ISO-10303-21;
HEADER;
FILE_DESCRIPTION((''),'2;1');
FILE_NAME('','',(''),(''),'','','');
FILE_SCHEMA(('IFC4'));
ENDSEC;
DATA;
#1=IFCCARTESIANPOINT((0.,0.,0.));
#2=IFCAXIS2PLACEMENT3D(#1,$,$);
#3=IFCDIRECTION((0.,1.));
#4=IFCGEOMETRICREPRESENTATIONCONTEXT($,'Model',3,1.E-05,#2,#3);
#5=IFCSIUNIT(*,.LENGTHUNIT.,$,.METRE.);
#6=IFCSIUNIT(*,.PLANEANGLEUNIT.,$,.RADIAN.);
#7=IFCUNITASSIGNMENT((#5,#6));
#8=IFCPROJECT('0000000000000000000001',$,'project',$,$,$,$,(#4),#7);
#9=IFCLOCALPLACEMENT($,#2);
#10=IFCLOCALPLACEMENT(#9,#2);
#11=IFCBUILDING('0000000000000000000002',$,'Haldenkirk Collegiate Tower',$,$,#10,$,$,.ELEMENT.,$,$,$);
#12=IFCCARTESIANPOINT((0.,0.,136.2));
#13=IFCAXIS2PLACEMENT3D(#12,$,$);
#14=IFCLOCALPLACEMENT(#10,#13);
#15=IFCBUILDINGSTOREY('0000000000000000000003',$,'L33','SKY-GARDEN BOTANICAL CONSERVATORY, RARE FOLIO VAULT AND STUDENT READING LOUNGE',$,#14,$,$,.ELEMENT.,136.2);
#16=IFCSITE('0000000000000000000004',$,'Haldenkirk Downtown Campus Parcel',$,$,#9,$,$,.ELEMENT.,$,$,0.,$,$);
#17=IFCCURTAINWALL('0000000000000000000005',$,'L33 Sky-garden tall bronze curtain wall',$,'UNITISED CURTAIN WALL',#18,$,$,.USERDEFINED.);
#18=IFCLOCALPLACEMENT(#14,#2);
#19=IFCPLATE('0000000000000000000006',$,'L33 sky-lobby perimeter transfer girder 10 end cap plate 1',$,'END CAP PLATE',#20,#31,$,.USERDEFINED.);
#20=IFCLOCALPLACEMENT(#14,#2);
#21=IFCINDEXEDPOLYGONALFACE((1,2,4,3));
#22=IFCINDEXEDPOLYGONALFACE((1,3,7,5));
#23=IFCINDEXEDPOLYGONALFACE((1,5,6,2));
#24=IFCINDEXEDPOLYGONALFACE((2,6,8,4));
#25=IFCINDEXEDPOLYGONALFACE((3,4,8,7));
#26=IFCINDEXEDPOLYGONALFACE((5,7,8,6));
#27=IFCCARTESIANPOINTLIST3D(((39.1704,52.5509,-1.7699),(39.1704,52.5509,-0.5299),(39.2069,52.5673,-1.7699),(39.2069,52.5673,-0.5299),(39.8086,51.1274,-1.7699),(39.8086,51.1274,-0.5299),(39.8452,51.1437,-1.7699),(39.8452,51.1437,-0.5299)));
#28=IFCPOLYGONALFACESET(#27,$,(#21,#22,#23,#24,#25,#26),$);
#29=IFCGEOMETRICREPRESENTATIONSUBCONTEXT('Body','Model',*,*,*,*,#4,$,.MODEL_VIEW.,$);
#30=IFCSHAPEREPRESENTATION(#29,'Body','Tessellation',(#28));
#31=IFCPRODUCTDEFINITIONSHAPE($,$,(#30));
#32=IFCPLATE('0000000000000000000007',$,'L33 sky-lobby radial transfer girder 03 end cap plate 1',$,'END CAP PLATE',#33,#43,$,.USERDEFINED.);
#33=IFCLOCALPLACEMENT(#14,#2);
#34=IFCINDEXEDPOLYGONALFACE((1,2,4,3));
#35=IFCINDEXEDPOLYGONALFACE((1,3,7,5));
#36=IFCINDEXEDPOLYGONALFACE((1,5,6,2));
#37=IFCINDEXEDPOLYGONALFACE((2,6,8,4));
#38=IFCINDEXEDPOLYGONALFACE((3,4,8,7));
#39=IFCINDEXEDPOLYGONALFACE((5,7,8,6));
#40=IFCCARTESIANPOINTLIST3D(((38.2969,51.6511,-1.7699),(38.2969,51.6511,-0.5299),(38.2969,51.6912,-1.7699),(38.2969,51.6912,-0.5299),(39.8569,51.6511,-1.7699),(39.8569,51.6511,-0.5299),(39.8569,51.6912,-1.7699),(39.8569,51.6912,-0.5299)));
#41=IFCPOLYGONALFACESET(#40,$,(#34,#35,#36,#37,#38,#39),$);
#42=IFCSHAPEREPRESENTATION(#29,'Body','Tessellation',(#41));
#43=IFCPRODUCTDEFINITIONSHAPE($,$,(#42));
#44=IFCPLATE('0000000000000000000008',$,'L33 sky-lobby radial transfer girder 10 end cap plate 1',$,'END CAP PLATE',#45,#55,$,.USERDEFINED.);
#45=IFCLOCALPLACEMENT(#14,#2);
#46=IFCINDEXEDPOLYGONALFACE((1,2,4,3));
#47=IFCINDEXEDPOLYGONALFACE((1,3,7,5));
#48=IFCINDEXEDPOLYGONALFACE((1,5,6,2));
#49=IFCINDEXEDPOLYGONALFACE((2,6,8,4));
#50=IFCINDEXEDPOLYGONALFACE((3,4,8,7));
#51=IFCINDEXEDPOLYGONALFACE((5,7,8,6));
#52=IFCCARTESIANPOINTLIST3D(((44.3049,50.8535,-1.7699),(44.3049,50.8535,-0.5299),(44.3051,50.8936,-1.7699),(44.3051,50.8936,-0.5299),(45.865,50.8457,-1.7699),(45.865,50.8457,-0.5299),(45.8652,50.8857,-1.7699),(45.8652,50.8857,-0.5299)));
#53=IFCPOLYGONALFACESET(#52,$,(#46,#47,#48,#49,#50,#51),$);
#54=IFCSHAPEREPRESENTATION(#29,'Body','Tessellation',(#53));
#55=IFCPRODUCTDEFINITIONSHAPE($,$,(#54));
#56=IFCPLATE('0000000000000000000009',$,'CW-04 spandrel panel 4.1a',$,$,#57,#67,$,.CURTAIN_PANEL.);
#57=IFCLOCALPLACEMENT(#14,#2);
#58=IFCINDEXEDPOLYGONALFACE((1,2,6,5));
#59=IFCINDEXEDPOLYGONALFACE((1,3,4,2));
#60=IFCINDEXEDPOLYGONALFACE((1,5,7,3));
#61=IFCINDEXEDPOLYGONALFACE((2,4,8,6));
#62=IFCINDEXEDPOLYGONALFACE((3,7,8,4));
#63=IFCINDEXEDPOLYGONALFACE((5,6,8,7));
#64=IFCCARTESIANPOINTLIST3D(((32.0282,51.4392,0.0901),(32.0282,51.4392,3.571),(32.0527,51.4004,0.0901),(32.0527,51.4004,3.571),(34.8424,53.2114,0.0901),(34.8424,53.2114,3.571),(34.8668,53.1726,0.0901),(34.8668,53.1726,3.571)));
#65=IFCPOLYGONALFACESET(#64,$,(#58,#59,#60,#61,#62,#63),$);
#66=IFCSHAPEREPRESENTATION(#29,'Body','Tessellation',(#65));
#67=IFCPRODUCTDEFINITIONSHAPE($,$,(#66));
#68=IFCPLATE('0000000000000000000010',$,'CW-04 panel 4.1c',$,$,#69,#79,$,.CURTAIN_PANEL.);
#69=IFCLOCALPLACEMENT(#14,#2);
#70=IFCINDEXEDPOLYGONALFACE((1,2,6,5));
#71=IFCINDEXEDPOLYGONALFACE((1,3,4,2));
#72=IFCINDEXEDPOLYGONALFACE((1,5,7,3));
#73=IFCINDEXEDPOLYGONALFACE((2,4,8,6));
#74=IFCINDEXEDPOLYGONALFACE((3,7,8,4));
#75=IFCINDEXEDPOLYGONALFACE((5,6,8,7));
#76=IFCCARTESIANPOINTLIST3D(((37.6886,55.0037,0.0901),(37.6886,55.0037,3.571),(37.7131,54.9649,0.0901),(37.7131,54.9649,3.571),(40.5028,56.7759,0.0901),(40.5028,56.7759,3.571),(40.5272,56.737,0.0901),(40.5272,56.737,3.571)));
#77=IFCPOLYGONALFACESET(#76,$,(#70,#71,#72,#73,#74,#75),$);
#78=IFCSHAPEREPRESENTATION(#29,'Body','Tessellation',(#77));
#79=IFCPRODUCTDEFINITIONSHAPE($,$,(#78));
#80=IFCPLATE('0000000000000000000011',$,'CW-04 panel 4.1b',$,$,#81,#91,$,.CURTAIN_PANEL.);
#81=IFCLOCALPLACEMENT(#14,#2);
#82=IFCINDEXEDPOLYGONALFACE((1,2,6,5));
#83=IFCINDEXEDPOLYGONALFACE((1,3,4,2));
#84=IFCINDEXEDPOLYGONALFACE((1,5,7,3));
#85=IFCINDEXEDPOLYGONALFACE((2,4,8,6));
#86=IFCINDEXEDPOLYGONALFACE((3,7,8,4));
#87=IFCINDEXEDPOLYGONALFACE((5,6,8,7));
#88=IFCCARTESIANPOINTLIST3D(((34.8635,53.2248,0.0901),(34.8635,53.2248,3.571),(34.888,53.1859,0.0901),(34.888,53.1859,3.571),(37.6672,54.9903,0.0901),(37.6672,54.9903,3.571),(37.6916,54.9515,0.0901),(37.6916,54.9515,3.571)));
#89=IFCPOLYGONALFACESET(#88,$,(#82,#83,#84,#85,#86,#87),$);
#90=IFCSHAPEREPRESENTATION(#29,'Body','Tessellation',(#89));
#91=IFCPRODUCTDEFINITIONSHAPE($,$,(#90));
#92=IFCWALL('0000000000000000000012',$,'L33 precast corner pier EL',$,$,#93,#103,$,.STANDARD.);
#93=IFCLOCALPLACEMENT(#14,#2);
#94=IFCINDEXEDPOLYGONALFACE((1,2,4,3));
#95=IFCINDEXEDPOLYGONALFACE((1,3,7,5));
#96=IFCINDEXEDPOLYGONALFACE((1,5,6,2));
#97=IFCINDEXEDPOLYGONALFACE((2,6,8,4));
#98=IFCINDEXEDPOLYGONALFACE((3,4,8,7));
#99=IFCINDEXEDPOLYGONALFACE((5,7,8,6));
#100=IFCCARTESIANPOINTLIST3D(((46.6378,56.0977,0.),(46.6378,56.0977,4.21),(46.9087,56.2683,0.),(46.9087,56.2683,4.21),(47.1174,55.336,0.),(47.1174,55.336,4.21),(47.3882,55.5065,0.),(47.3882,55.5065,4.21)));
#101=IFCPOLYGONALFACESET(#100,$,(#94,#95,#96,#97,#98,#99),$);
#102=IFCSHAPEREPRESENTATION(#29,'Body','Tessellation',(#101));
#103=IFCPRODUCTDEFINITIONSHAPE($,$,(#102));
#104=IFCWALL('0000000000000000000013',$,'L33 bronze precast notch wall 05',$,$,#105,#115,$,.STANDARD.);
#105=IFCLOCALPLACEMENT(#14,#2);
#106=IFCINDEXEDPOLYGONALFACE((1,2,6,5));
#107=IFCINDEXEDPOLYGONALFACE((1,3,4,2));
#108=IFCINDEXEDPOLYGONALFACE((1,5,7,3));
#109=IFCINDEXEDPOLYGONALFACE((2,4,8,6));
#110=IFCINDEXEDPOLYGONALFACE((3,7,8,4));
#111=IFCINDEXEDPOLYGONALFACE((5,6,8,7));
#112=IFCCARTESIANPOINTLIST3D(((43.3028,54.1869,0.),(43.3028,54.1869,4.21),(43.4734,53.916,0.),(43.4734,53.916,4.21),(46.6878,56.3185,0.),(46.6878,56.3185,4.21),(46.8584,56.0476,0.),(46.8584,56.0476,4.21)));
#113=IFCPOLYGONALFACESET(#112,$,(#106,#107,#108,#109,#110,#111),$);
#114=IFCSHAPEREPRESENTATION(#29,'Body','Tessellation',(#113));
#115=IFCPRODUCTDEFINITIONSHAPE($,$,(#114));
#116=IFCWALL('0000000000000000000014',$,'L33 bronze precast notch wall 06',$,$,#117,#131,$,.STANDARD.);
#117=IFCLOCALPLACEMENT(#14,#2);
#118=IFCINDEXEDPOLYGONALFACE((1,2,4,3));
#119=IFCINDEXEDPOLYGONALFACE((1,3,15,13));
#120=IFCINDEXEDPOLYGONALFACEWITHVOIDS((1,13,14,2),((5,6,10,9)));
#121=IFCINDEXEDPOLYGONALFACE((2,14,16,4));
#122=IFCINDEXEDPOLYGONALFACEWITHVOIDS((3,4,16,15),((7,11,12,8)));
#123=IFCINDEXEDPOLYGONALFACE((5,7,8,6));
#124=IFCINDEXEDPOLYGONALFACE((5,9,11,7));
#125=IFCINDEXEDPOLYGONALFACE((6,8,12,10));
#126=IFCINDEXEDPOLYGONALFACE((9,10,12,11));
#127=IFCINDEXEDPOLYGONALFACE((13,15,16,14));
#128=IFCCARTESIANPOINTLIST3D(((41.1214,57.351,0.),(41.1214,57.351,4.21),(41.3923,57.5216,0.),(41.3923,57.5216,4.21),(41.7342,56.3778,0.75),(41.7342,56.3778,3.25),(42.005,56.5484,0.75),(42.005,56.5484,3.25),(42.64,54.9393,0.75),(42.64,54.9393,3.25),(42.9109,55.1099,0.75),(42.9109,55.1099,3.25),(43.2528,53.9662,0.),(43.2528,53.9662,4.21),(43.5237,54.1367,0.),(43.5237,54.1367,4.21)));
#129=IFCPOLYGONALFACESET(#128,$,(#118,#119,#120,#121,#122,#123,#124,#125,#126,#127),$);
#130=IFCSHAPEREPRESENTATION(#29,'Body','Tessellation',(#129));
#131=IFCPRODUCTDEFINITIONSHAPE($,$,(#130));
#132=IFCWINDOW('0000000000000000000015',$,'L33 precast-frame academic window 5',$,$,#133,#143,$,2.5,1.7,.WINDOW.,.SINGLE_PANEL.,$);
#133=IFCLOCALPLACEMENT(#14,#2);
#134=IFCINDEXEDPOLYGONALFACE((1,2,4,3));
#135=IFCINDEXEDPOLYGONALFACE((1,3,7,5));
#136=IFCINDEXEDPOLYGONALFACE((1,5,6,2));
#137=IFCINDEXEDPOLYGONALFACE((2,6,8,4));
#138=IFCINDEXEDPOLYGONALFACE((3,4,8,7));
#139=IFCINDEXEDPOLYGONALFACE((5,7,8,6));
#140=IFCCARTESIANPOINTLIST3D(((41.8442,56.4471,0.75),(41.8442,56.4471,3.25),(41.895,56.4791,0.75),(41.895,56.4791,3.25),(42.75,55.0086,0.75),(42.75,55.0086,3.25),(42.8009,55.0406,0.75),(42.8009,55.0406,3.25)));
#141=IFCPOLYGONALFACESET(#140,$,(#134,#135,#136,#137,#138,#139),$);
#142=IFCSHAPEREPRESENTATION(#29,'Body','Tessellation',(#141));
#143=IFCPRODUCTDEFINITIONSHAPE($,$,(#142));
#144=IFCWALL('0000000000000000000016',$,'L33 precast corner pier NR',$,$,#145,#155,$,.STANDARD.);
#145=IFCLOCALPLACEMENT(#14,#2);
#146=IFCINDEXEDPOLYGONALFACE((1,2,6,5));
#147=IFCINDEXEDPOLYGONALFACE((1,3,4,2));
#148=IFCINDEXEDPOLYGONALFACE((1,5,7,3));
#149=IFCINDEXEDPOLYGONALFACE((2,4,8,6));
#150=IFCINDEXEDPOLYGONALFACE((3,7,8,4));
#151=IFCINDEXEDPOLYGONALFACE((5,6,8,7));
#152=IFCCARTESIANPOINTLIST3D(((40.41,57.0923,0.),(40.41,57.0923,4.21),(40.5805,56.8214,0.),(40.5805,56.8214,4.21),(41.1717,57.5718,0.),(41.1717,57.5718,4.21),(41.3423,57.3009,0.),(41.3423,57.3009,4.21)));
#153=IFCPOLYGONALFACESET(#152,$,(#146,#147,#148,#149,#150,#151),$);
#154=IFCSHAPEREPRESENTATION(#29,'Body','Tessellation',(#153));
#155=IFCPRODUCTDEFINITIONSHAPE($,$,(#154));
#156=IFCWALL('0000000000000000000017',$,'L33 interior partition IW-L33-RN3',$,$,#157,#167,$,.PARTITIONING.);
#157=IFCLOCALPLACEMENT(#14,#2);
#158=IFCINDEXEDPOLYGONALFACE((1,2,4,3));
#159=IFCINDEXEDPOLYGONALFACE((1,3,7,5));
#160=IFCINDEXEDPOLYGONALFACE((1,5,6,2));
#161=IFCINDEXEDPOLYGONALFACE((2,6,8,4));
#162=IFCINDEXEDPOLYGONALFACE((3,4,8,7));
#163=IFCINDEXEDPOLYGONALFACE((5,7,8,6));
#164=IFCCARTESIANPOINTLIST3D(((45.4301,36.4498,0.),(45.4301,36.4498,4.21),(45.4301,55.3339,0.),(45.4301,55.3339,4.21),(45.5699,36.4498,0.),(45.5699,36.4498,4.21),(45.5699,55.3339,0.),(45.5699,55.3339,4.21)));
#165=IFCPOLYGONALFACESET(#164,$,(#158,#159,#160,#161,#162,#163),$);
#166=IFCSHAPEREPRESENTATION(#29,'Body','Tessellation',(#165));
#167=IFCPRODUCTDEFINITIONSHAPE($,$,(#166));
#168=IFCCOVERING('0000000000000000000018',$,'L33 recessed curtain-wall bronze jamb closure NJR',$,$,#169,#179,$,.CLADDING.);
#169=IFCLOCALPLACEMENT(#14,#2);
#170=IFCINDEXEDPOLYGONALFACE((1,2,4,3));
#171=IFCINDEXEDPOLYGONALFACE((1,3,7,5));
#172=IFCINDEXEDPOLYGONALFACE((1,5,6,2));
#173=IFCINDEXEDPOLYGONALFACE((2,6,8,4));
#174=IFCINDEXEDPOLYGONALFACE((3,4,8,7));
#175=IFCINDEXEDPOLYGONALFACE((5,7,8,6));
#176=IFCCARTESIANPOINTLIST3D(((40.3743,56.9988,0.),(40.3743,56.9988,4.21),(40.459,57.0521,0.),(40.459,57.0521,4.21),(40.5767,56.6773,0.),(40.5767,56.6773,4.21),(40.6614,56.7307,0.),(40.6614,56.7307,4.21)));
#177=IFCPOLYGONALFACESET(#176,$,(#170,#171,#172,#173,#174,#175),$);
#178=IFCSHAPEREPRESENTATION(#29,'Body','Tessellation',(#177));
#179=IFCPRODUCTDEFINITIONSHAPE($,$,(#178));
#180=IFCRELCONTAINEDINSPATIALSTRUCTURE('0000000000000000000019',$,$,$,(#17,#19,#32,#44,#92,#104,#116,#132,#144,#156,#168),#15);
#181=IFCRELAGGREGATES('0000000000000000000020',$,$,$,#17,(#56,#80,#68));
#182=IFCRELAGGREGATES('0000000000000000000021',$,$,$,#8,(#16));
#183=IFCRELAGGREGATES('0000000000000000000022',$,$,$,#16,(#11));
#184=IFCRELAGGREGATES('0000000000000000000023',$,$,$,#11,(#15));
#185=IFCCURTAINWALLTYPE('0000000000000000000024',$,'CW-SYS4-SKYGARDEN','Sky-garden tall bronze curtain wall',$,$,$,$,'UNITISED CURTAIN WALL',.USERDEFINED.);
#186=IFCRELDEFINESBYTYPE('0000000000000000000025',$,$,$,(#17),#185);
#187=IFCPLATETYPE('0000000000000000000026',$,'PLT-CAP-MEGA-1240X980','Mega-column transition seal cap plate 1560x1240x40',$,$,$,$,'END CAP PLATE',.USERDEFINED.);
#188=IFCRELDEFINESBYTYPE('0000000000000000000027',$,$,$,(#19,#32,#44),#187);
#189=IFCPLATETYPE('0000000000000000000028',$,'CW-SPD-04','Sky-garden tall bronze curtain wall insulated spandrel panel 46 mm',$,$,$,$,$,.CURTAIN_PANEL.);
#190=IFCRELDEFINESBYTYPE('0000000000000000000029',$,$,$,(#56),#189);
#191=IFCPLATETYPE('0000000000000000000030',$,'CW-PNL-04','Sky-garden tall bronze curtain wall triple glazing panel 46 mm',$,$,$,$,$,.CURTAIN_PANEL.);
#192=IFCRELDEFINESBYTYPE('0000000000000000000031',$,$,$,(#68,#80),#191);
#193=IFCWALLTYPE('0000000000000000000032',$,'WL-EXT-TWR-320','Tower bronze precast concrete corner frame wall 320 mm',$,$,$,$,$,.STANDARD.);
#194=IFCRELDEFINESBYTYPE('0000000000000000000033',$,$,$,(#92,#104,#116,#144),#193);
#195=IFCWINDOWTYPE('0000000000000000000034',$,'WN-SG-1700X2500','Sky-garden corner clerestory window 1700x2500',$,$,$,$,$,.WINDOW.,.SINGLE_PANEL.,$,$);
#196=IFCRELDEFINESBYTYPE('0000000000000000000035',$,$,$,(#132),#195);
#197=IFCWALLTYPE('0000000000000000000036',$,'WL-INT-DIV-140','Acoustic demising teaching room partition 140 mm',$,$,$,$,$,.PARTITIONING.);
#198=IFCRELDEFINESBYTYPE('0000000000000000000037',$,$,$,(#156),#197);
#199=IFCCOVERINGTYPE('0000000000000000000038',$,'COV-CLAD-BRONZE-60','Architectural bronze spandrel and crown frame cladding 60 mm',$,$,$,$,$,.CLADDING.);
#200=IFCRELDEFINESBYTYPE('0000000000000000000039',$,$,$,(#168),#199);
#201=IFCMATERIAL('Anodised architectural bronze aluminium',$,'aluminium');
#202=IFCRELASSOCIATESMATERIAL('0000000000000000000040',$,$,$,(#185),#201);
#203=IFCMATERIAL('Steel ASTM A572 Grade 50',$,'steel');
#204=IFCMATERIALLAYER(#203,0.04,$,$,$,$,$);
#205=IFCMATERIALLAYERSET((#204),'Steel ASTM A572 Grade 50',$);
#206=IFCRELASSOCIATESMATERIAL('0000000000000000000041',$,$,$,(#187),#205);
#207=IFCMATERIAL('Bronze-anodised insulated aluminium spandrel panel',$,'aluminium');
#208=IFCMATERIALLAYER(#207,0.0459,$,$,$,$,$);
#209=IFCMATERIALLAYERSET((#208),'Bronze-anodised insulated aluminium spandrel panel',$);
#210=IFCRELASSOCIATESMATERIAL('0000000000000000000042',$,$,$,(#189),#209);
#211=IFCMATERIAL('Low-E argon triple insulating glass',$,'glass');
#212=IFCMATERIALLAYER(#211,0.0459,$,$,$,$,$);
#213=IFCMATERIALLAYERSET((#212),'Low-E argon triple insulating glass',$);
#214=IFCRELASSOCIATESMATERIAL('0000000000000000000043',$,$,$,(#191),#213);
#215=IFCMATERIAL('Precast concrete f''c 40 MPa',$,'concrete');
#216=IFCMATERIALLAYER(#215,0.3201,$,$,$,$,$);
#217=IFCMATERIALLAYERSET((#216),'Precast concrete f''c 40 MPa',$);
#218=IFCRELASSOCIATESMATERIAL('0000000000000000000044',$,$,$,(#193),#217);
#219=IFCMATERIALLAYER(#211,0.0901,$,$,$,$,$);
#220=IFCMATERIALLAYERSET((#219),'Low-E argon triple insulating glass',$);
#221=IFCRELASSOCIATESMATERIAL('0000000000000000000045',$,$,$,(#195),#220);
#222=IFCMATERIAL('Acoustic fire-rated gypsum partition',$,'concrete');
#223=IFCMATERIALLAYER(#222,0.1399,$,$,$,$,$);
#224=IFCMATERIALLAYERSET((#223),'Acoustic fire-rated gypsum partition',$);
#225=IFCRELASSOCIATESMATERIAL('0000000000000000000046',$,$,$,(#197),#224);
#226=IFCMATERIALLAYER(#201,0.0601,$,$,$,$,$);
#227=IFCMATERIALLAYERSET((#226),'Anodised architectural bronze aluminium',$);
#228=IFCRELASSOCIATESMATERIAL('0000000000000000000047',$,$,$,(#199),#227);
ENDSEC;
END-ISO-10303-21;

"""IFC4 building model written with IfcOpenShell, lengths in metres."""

from ifc_helpers import new_model, si_unit, direction, frame, frame_2d, origin, origin_2d, place, context, subcontext, project, spatial, rectangle, extrude, source, transform, mapped, material, layer, layer_set, type_object, element, fill, aggregate, save


model = new_model("IFC4")

# Units and contexts
model_context = context("Model", 3, precision=1e-05, world=origin(), true_north=direction((0.0, 1.0)))
body_context = subcontext(model_context, "Body", "Model", "MODEL_VIEW")
ifc_project = project(units=[si_unit("LENGTHUNIT", "METRE"), si_unit("PLANEANGLEUNIT", "RADIAN")], contexts=[model_context])

# Site, building, storey
site_placement = place(None, origin())
site = spatial("IfcSite", under=ifc_project, at=site_placement, Name="Haldenkirk Downtown Campus Parcel", CompositionType="ELEMENT", RefElevation=0.0)
building_placement = place(site_placement, origin())
building = spatial("IfcBuilding", under=site, at=building_placement, Name="Haldenkirk Collegiate Tower", CompositionType="ELEMENT")
storey_placement = place(building_placement, frame((0.0, 0.0, 136.2)))
storey = spatial("IfcBuildingStorey", under=building, at=storey_placement, Name="L33", Description="SKY-GARDEN BOTANICAL CONSERVATORY, RARE FOLIO VAULT AND STUDENT READING LOUNGE", CompositionType="ELEMENT", Elevation=136.2)

# Shared definitions
ifc_material_1 = material(Name="Steel ASTM A572 Grade 50", Category="steel")

# Curtain wall
ifc_material_2 = material(Name="Anodised architectural bronze aluminium", Category="aluminium")
curtain_wall_type = type_object("IfcCurtainWallType", Name="CW-SYS4-SKYGARDEN", Description="Sky-garden tall bronze curtain wall", ElementType="UNITISED CURTAIN WALL", PredefinedType="USERDEFINED", material=ifc_material_2)
curtain_wall_1_placement = place(storey_placement, origin())
curtain_wall_1 = element("IfcCurtainWall", 1, at=curtain_wall_1_placement, inside=storey, type_object=curtain_wall_type, Name="L33 Sky-garden tall bronze curtain wall", ObjectType="UNITISED CURTAIN WALL", PredefinedType="USERDEFINED")

# Plates
ifc_layer_1 = layer(ifc_material_1, 0.04)
ifc_layer_set_1 = layer_set([ifc_layer_1], Name="Steel ASTM A572 Grade 50")
plate_type_1 = type_object("IfcPlateType", Name="PLT-CAP-MEGA-1240X980", Description="Mega-column transition seal cap plate 1560x1240x40", ElementType="END CAP PLATE", PredefinedType="USERDEFINED", material=ifc_layer_set_1)
shared_shape_1 = source(origin(), body_context, "Body", "SweptSolid", [
    extrude(rectangle(XDim=1.5601, YDim=1.24, at=origin_2d()), origin(), (0.0, 0.0, 1.0), 0.04),
])
for number, where, z_axis, x_axis, name in (
    (2, (39.4895, 51.8391, -1.1499), (0.912477, 0.409129, 0.0), (-0.409129, 0.912477, 0.0), "L33 sky-lobby perimeter transfer girder 10 end cap plate 1"),
    (3, (39.0769, 51.6511, -1.1499), (0.0, 1.0, 0.0), (-1.0, 0.0, 0.0), "L33 sky-lobby radial transfer girder 03 end cap plate 1"),
    (4, (45.085, 50.8496, -1.1499), (0.005037, 0.999987, 0.0), (-0.999987, 0.005037, 0.0), "L33 sky-lobby radial transfer girder 10 end cap plate 1"),
):
    element("IfcPlate", number, at=place(storey_placement, frame(where, z_axis=z_axis, x_axis=x_axis)), inside=storey, type_object=plate_type_1, Name=name, ObjectType="END CAP PLATE", PredefinedType="USERDEFINED", context=body_context, shape_type="MappedRepresentation", body=[
        mapped(shared_shape_1, transform((0.0, 0.0, 0.0), x_axis=(1.0, 0.0, 0.0), y_axis=(0.0, 1.0, 0.0), z_axis=(0.0, 0.0, 1.0), scale=1.0)),
    ])

# Plates
ifc_material_3 = material(Name="Bronze-anodised insulated aluminium spandrel panel", Category="aluminium")
ifc_layer_2 = layer(ifc_material_3, 0.0459)
ifc_layer_set_2 = layer_set([ifc_layer_2], Name="Bronze-anodised insulated aluminium spandrel panel")
plate_type_2 = type_object("IfcPlateType", Name="CW-SPD-04", Description="Sky-garden tall bronze curtain wall insulated spandrel panel 46 mm", PredefinedType="CURTAIN_PANEL", material=ifc_layer_set_2)
shared_shape_2 = source(origin(), body_context, "Body", "SweptSolid", [
    extrude(rectangle(XDim=3.3257, YDim=0.0459, at=origin_2d()), origin(), (0.0, 0.0, 1.0), 3.481),
])
plate_1_placement = place(storey_placement, frame((33.4475, 52.3059, 0.0901), z_axis=(0.0, 0.0, 1.0), x_axis=(0.846193, 0.532877, 0.0)))
plate_1 = element("IfcPlate", 5, at=plate_1_placement, type_object=plate_type_2, Name="CW-04 spandrel panel 4.1a", PredefinedType="CURTAIN_PANEL", context=body_context, shape_type="MappedRepresentation", body=[
    mapped(shared_shape_2, transform((0.0, 0.0, 0.0), x_axis=(1.0, 0.0, 0.0), y_axis=(0.0, 1.0, 0.0), z_axis=(0.0, 0.0, 1.0), scale=1.0)),
])
ifc_material_4 = material(Name="Low-E argon triple insulating glass", Category="glass")
ifc_layer_3 = layer(ifc_material_4, 0.0459)
ifc_layer_set_3 = layer_set([ifc_layer_3], Name="Low-E argon triple insulating glass")
plate_type_3 = type_object("IfcPlateType", Name="CW-PNL-04", Description="Sky-garden tall bronze curtain wall triple glazing panel 46 mm", PredefinedType="CURTAIN_PANEL", material=ifc_layer_set_3)
plate_2_placement = place(storey_placement, frame((39.1079, 55.8704, 0.0901), z_axis=(0.0, 0.0, 1.0), x_axis=(0.846193, 0.532877, 0.0)))
plate_2 = element("IfcPlate", 6, at=plate_2_placement, type_object=plate_type_3, Name="CW-04 panel 4.1c", PredefinedType="CURTAIN_PANEL", context=body_context, shape_type="MappedRepresentation", body=[
    mapped(shared_shape_2, transform((0.0, 0.0, 0.0), x_axis=(1.0, 0.0, 0.0), y_axis=(0.0, 1.0, 0.0), z_axis=(0.0, 0.0, 1.0), scale=1.0)),
])
shared_shape_3 = source(origin(), body_context, "Body", "SweptSolid", [
    extrude(rectangle(XDim=3.3132, YDim=0.0459, at=origin_2d()), origin(), (0.0, 0.0, 1.0), 3.481),
])
plate_3_placement = place(storey_placement, frame((36.2776, 54.0881, 0.0901), z_axis=(0.0, 0.0, 1.0), x_axis=(0.846193, 0.532877, 0.0)))
plate_3 = element("IfcPlate", 7, at=plate_3_placement, type_object=plate_type_3, Name="CW-04 panel 4.1b", PredefinedType="CURTAIN_PANEL", context=body_context, shape_type="MappedRepresentation", body=[
    mapped(shared_shape_3, transform((0.0, 0.0, 0.0), x_axis=(1.0, 0.0, 0.0), y_axis=(0.0, 1.0, 0.0), z_axis=(0.0, 0.0, 1.0), scale=1.0)),
])
aggregate(curtain_wall_1, [plate_1, plate_3, plate_2])

# Walls
ifc_material_5 = material(Name="Precast concrete f'c 40 MPa", Category="concrete")
ifc_layer_4 = layer(ifc_material_5, 0.3201)
ifc_layer_set_4 = layer_set([ifc_layer_4], Name="Precast concrete f'c 40 MPa")
wall_type_1 = type_object("IfcWallType", Name="WL-EXT-TWR-320", Description="Tower bronze precast concrete corner frame wall 320 mm", PredefinedType="STANDARD", material=ifc_layer_set_4)
wall_1_placement = place(storey_placement, frame((46.7732, 56.1831, 0.0), z_axis=(0.0, 0.0, 1.0), x_axis=(0.532727, -0.846287, 0.0)))
element("IfcWall", 8, at=wall_1_placement, inside=storey, type_object=wall_type_1, Name="L33 precast corner pier EL", PredefinedType="STANDARD", context=body_context, shape_type="SweptSolid", body=[
    extrude(rectangle(XDim=0.9001, YDim=0.3201, at=frame_2d((0.4502, 0.0))), origin(), (0.0, 0.0, 1.0), 4.21),
])
wall_2_placement = place(storey_placement, frame((43.3882, 54.0515, 0.0), z_axis=(0.0, 0.0, 1.0), x_axis=(0.8462, 0.532865, 0.0)))
element("IfcWall", 9, at=wall_2_placement, inside=storey, type_object=wall_type_1, Name="L33 bronze precast notch wall 05", PredefinedType="STANDARD", context=body_context, shape_type="SweptSolid", body=[
    extrude(rectangle(XDim=4.0002, YDim=0.3201, at=frame_2d((2.0, 0.0))), origin(), (0.0, 0.0, 1.0), 4.21),
])

# Wall, opening, window
wall_3_placement = place(storey_placement, frame((41.2568, 57.4363, 0.0), z_axis=(0.0, 0.0, 1.0), x_axis=(0.532849, -0.84621, 0.0)))
wall_3 = element("IfcWall", 10, at=wall_3_placement, inside=storey, type_object=wall_type_1, Name="L33 bronze precast notch wall 06", PredefinedType="STANDARD", context=body_context, shape_type="SweptSolid", body=[
    extrude(rectangle(XDim=4.0, YDim=0.3201, at=frame_2d((2.0, 0.0))), origin(), (0.0, 0.0, 1.0), 4.21),
])
opening_placement = place(wall_3_placement, frame((1.1499, 0.0, 0.75)))
opening = element("IfcOpeningElement", 11, at=opening_placement, cuts=wall_3, PredefinedType="OPENING", context=body_context, shape_type="SweptSolid", body=[
    extrude(rectangle(XDim=1.7, YDim=2.5, at=frame_2d((0.8501, 1.25))), frame((0.0, 0.1699, 0.0), z_axis=(0.0, -1.0, 0.0), x_axis=(1.0, 0.0, 0.0)), (0.0, 0.0, 1.0), 0.3401),
])
ifc_layer_5 = layer(ifc_material_4, 0.0901)
ifc_layer_set_5 = layer_set([ifc_layer_5], Name="Low-E argon triple insulating glass")
window_type = type_object("IfcWindowType", Name="WN-SG-1700X2500", Description="Sky-garden corner clerestory window 1700x2500", PartitioningType="SINGLE_PANEL", PredefinedType="WINDOW", material=ifc_layer_set_5)
window_placement = place(opening_placement, origin())
window = element("IfcWindow", 12, at=window_placement, inside=storey, type_object=window_type, Name="L33 precast-frame academic window 5", OverallHeight=2.5, OverallWidth=1.7, PartitioningType="SINGLE_PANEL", PredefinedType="WINDOW", context=body_context, shape_type="SweptSolid", body=[
    extrude(rectangle(XDim=1.7, YDim=2.5, at=frame_2d((0.8501, 1.25))), frame((0.0, 0.03, 0.0), z_axis=(0.0, -1.0, 0.0), x_axis=(1.0, 0.0, 0.0)), (0.0, 0.0, 1.0), 0.0601),
])
fill(opening, window)

# Walls
wall_4_placement = place(storey_placement, frame((40.4951, 56.9568, 0.0), z_axis=(0.0, 0.0, 1.0), x_axis=(0.846287, 0.532727, 0.0)))
element("IfcWall", 13, at=wall_4_placement, inside=storey, type_object=wall_type_1, Name="L33 precast corner pier NR", PredefinedType="STANDARD", context=body_context, shape_type="SweptSolid", body=[
    extrude(rectangle(XDim=0.9001, YDim=0.3201, at=frame_2d((0.4502, 0.0))), origin(), (0.0, 0.0, 1.0), 4.21),
])
ifc_material_6 = material(Name="Acoustic fire-rated gypsum partition", Category="concrete")
ifc_layer_6 = layer(ifc_material_6, 0.1399)
ifc_layer_set_6 = layer_set([ifc_layer_6], Name="Acoustic fire-rated gypsum partition")
wall_type_2 = type_object("IfcWallType", Name="WL-INT-DIV-140", Description="Acoustic demising teaching room partition 140 mm", PredefinedType="PARTITIONING", material=ifc_layer_set_6)
wall_5_placement = place(storey_placement, frame((45.5, 36.45, 0.0), z_axis=(0.0, 0.0, 1.0), x_axis=(0.0, 1.0, 0.0)))
element("IfcWall", 14, at=wall_5_placement, inside=storey, type_object=wall_type_2, Name="L33 interior partition IW-L33-RN3", PredefinedType="PARTITIONING", context=body_context, shape_type="SweptSolid", body=[
    extrude(rectangle(XDim=18.884, YDim=0.1399, at=frame_2d((9.4419, 0.0))), origin(), (0.0, 0.0, 1.0), 4.21),
])

# Covering
ifc_layer_7 = layer(ifc_material_2, 0.0601)
ifc_layer_set_7 = layer_set([ifc_layer_7], Name="Anodised architectural bronze aluminium")
covering_type = type_object("IfcCoveringType", Name="COV-CLAD-BRONZE-60", Description="Architectural bronze spandrel and crown frame cladding 60 mm", PredefinedType="CLADDING", material=ifc_layer_set_7)
shared_shape_4 = source(origin(), body_context, "Body", "SweptSolid", [
    extrude(rectangle(XDim=0.1001, YDim=0.3799, at=origin_2d()), origin(), (0.0, 0.0, 1.0), 4.21),
])
covering_placement = place(storey_placement, frame((40.5178, 56.8647, 0.0), z_axis=(0.0, 0.0, 1.0), x_axis=(0.846193, 0.532876, 0.0)))
element("IfcCovering", 15, at=covering_placement, inside=storey, type_object=covering_type, Name="L33 recessed curtain-wall bronze jamb closure NJR", PredefinedType="CLADDING", context=body_context, shape_type="MappedRepresentation", body=[
    mapped(shared_shape_4, transform((0.0, 0.0, 0.0), x_axis=(1.0, 0.0, 0.0), y_axis=(0.0, 1.0, 0.0), z_axis=(0.0, 0.0, 1.0), scale=1.0)),
])

save(model, "model.ifc")
